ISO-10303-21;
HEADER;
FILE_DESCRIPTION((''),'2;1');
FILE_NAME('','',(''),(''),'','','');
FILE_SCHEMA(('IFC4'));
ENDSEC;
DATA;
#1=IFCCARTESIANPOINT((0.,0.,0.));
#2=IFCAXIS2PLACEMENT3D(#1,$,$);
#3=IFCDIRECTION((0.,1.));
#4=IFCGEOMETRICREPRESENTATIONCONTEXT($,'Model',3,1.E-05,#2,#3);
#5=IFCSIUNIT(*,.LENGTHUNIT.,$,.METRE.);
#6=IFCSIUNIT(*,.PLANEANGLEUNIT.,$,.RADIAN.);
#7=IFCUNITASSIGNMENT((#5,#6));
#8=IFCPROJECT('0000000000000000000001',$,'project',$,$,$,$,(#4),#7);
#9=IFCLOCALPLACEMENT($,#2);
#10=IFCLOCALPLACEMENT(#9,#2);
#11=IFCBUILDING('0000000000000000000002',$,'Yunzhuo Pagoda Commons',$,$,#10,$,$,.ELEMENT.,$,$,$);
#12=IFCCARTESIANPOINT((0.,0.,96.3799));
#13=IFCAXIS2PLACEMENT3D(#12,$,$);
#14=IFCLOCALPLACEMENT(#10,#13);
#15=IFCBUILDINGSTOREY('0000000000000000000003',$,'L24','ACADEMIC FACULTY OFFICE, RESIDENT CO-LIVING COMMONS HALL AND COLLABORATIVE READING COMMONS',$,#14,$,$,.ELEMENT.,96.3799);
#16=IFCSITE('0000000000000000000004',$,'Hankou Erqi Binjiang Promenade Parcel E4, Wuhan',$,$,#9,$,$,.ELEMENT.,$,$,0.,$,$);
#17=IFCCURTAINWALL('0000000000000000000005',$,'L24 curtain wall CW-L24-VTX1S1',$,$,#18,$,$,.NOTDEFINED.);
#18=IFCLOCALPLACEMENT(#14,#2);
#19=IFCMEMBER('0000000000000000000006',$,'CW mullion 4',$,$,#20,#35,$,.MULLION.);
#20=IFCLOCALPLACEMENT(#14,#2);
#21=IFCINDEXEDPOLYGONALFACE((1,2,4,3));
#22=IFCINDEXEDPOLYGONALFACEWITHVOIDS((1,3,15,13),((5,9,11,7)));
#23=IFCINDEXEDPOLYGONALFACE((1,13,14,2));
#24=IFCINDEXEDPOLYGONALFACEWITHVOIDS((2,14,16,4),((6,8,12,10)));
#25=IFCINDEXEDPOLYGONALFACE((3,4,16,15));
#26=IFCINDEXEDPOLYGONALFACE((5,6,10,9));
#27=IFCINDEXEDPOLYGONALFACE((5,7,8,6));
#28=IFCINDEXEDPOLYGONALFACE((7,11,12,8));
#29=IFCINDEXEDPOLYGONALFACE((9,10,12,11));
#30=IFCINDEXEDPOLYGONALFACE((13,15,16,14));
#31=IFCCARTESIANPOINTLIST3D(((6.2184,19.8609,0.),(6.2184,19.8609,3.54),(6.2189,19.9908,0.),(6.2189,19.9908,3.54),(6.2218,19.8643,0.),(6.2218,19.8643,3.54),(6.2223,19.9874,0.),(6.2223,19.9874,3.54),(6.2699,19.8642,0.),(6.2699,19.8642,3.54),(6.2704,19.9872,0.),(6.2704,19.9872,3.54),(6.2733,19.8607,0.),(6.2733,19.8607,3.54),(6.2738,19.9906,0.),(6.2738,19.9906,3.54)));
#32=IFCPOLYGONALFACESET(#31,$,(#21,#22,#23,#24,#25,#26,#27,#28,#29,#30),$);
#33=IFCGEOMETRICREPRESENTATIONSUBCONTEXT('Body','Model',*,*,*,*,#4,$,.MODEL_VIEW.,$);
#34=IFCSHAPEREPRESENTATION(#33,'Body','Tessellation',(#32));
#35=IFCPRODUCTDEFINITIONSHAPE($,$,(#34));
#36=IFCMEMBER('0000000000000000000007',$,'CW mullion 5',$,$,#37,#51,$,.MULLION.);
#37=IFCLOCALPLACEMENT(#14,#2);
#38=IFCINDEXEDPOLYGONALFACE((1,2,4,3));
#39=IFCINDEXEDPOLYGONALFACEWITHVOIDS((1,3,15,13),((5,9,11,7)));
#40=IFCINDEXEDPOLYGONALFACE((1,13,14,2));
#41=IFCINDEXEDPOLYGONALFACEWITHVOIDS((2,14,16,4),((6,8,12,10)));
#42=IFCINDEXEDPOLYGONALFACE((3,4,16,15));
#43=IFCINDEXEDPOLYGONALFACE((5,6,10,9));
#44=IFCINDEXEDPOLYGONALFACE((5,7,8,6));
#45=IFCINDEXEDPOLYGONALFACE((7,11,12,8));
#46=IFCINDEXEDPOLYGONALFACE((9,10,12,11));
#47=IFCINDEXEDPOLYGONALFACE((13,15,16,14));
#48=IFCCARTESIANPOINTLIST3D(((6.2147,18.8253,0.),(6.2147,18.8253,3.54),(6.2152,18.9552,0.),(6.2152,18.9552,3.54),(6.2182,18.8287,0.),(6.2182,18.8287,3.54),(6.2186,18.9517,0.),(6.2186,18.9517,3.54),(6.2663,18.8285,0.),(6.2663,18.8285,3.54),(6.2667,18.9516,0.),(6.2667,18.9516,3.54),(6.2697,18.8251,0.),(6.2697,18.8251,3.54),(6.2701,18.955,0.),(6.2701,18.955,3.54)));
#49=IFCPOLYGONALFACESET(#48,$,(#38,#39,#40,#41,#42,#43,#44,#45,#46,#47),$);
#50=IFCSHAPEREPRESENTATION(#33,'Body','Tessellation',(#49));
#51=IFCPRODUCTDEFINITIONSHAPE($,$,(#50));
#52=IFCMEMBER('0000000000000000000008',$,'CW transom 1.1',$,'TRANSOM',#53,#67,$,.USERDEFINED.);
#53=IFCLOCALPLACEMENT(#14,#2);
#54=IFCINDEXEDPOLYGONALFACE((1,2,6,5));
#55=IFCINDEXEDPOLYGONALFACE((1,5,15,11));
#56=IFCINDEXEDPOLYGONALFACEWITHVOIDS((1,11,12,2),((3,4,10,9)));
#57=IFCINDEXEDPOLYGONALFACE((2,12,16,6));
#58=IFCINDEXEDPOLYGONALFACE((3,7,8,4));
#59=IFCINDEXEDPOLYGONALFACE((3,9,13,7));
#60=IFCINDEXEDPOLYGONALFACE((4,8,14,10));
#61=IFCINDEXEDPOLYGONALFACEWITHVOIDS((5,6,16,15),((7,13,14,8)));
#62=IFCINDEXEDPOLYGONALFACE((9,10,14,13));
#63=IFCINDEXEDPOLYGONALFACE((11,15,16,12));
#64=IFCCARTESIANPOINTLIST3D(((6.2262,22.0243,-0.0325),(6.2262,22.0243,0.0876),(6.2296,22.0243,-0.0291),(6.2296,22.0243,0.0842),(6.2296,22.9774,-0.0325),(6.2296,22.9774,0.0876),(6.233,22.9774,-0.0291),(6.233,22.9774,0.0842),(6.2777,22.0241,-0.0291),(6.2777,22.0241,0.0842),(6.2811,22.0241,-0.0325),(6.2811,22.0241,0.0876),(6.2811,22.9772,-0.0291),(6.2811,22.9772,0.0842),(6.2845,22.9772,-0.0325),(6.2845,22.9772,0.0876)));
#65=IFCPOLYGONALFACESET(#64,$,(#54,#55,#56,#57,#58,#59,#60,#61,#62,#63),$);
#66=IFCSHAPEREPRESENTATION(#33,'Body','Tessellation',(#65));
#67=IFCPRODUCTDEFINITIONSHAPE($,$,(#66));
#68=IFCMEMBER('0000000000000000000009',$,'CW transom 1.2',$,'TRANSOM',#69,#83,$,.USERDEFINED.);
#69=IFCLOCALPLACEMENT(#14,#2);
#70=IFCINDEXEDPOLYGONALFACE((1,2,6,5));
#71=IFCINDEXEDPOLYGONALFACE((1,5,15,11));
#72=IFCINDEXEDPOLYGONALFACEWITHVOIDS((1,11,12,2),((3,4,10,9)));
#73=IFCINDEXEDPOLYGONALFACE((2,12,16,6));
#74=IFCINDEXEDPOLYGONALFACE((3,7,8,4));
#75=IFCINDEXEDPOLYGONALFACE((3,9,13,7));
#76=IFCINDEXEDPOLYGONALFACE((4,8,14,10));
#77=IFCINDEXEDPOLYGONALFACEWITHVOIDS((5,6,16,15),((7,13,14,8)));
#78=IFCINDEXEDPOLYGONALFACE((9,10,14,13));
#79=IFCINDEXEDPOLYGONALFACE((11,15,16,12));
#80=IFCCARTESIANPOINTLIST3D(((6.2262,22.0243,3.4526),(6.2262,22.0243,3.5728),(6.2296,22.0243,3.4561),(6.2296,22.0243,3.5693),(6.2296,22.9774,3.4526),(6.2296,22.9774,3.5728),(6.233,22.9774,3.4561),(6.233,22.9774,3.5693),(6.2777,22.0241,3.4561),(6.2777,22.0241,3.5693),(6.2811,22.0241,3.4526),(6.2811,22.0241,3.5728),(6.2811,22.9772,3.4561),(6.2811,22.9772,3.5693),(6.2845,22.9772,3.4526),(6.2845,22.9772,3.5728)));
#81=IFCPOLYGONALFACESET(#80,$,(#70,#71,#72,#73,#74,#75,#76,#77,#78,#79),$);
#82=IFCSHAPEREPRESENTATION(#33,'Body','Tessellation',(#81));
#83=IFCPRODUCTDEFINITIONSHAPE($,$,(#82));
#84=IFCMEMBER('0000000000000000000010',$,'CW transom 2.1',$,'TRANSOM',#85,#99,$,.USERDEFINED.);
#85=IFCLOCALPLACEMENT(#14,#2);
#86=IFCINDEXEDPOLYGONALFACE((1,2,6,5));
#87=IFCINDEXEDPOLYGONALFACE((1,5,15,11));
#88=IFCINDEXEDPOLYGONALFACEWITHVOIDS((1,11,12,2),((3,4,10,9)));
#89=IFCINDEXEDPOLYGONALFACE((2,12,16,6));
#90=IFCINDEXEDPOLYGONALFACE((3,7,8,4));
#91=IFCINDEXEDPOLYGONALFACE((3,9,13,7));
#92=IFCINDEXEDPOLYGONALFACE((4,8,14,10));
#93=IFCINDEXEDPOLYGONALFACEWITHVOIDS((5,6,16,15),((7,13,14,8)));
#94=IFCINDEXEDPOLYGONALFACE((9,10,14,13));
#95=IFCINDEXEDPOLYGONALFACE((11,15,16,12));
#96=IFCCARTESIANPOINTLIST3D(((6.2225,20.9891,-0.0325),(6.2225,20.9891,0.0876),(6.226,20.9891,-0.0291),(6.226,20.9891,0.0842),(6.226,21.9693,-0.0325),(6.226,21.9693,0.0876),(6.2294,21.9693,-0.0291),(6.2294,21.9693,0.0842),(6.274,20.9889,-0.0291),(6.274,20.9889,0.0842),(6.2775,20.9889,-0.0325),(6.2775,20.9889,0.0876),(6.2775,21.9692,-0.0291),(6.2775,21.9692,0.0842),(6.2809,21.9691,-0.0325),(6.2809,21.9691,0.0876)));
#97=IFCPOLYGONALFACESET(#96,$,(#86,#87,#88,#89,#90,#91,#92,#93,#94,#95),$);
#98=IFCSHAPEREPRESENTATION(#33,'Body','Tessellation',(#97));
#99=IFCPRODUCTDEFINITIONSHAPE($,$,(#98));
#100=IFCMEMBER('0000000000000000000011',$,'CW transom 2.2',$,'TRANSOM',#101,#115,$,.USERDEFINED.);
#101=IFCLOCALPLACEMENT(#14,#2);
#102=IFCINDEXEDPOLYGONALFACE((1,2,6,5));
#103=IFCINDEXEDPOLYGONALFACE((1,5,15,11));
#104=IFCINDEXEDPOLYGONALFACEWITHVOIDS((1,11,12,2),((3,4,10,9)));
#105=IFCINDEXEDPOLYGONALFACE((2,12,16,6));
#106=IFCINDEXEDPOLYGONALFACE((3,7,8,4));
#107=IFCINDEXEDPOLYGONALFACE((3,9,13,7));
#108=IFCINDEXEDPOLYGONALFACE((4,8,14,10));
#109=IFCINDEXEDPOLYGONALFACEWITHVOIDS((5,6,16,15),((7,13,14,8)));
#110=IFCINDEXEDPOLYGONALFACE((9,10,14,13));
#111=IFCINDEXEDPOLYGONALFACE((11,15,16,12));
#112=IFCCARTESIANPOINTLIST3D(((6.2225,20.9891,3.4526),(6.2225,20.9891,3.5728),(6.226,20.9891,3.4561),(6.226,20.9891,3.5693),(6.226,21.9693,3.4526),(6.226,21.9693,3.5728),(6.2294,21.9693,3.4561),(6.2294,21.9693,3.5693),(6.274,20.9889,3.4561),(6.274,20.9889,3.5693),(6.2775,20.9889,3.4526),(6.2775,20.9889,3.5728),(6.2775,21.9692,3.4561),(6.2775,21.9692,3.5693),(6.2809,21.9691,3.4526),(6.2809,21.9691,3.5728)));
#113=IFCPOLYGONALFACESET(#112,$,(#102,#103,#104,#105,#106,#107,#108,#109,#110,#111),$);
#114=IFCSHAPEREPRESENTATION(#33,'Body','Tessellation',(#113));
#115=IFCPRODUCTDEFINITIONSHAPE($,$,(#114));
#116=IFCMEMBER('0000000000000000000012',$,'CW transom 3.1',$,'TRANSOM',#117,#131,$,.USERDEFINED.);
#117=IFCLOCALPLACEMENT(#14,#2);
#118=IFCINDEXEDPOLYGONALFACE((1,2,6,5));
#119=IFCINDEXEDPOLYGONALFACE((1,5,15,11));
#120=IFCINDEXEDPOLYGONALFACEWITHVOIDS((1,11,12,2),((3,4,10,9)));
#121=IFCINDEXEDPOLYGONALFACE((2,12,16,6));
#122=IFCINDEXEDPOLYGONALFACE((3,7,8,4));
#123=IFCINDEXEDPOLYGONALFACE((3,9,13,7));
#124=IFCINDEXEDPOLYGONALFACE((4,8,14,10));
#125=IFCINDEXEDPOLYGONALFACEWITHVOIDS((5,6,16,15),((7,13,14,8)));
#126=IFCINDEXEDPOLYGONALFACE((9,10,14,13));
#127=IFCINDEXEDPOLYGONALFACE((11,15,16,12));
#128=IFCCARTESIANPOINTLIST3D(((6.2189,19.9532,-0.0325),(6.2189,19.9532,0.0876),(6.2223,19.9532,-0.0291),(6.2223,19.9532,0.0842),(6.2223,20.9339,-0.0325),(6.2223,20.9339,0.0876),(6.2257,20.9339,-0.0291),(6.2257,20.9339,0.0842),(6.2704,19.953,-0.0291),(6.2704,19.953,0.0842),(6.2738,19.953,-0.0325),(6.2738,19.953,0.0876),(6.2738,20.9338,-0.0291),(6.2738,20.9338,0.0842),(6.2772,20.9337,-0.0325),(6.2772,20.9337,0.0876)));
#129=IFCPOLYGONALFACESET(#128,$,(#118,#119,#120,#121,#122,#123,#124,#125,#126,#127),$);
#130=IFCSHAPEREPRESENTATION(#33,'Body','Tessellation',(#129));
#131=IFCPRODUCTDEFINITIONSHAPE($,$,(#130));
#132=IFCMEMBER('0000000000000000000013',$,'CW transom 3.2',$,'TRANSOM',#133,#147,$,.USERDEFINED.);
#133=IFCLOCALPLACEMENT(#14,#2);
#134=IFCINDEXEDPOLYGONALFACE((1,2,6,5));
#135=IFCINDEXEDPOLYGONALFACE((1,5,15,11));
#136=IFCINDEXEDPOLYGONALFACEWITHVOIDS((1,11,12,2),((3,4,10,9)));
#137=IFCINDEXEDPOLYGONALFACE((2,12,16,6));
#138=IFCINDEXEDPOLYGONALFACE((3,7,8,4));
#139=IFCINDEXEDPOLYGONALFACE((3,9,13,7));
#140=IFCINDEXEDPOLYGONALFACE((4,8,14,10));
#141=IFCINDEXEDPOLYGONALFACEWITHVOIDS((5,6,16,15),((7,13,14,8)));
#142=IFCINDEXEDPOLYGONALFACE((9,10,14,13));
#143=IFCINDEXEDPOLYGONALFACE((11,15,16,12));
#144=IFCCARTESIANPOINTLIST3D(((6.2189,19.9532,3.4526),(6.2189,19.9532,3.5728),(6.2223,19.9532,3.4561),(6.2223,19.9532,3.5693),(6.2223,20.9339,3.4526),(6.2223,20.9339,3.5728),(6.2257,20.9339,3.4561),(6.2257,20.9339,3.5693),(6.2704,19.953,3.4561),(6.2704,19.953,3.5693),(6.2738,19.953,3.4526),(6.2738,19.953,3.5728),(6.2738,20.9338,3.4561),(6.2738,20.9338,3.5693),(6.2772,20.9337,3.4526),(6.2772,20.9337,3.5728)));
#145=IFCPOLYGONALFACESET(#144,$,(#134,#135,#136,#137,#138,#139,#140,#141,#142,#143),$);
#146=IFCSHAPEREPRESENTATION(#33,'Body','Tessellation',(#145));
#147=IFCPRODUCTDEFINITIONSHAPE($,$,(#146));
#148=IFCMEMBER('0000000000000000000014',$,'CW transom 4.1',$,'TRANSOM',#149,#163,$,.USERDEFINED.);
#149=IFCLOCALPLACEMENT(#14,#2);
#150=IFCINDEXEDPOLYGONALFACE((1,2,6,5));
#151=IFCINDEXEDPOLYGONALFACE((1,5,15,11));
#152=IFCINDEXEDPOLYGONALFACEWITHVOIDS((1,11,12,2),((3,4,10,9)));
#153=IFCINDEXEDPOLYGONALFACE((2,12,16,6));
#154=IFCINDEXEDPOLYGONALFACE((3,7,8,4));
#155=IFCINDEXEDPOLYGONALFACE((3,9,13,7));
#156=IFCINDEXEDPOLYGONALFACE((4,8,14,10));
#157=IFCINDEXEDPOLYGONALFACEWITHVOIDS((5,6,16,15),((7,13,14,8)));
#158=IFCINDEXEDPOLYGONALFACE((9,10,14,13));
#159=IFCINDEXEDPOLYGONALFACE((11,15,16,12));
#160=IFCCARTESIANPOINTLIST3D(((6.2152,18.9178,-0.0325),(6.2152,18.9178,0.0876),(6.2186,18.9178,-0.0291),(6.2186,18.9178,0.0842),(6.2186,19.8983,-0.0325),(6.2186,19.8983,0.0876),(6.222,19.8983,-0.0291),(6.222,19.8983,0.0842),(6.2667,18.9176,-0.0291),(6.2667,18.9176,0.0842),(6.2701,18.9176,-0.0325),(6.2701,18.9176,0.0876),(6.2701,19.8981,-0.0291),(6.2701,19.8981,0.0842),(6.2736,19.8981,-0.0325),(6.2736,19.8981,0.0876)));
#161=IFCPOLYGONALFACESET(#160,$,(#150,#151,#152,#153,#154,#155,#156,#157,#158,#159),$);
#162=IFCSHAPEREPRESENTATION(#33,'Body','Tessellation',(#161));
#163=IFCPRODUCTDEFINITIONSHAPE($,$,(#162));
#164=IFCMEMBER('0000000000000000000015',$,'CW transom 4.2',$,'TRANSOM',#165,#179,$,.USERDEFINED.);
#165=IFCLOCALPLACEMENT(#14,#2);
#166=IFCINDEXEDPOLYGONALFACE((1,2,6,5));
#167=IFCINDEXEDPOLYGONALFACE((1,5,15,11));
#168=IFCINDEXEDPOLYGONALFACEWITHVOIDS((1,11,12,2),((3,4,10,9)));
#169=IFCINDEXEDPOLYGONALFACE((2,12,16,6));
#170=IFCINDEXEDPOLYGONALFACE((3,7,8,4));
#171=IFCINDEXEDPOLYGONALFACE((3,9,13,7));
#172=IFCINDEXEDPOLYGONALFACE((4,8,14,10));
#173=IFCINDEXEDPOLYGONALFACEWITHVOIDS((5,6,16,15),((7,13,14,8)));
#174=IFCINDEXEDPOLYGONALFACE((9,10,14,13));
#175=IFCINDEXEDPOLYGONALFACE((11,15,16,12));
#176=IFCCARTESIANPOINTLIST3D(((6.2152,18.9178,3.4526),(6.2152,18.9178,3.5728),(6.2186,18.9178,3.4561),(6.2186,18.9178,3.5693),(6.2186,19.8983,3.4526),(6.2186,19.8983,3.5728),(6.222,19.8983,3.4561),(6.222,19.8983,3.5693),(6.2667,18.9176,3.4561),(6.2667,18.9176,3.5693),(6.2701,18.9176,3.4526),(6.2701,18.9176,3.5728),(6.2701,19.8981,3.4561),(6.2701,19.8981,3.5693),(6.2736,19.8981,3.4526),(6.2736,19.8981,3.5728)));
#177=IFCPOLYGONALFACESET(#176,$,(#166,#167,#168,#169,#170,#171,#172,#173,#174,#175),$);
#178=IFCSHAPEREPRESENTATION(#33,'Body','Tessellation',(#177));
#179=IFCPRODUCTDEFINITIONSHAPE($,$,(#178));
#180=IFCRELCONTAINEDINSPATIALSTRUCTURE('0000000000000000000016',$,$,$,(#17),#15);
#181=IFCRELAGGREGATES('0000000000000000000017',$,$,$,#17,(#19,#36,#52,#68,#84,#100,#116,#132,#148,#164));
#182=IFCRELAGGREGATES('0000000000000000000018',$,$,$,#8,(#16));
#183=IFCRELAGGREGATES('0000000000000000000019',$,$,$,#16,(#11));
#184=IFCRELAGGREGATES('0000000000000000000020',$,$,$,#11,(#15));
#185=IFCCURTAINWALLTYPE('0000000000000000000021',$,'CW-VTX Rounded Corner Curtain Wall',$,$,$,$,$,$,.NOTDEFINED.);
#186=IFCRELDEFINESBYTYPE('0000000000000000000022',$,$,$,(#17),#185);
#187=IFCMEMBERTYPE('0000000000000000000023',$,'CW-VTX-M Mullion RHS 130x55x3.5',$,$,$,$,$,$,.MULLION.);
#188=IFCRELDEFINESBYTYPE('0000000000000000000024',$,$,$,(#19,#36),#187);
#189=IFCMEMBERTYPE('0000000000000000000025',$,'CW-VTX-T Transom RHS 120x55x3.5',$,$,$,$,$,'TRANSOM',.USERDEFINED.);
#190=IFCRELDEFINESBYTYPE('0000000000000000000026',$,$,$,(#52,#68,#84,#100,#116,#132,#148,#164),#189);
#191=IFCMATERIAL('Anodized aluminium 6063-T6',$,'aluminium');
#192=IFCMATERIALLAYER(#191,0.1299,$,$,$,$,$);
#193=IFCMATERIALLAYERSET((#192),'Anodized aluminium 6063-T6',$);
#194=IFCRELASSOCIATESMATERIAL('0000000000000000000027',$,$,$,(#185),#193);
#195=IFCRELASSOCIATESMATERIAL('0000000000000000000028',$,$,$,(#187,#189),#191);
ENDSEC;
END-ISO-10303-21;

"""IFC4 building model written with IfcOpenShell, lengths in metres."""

from ifc_helpers import new_model, si_unit, direction, frame, origin, origin_2d, place, context, subcontext, project, spatial, hollow_rectangle, extrude, source, transform, mapped, material, layer, layer_set, material_profile, profile_set, type_object, element, aggregate, save


model = new_model("IFC4")

# Units and contexts
model_context = context("Model", 3, precision=1e-05, world=origin(), true_north=direction((0.0, 1.0)))
body_context = subcontext(model_context, "Body", "Model", "MODEL_VIEW")
ifc_project = project(units=[si_unit("LENGTHUNIT", "METRE"), si_unit("PLANEANGLEUNIT", "RADIAN")], contexts=[model_context])

# Site, building, storey
site_placement = place(None, origin())
site = spatial("IfcSite", under=ifc_project, at=site_placement, Name="Hankou Erqi Binjiang Promenade Parcel E4, Wuhan", CompositionType="ELEMENT", RefElevation=0.0)
building_placement = place(site_placement, origin())
building = spatial("IfcBuilding", under=site, at=building_placement, Name="Yunzhuo Pagoda Commons", CompositionType="ELEMENT")
storey_placement = place(building_placement, frame((0.0, 0.0, 96.3799)))
storey = spatial("IfcBuildingStorey", under=building, at=storey_placement, Name="L24", Description="ACADEMIC FACULTY OFFICE, RESIDENT CO-LIVING COMMONS HALL AND COLLABORATIVE READING COMMONS", CompositionType="ELEMENT", Elevation=96.3799)

# Shared definitions
ifc_material_1 = material(Name="Anodized aluminium 6063-T6", Category="aluminium")

# Curtain wall, members
ifc_layer_1 = layer(ifc_material_1, 0.1299)
ifc_layer_set_1 = layer_set([ifc_layer_1], Name="Anodized aluminium 6063-T6")
curtain_wall_type_1 = type_object("IfcCurtainWallType", Name="CW-VTX Rounded Corner Curtain Wall", PredefinedType="NOTDEFINED", material=ifc_layer_set_1)
curtain_wall_1_placement = place(storey_placement, origin())
curtain_wall_1 = element("IfcCurtainWall", 1, at=curtain_wall_1_placement, inside=storey, type_object=curtain_wall_type_1, Name="L24 curtain wall CW-L24-VTX1S1", PredefinedType="NOTDEFINED")
ifc_material_profile_1 = material_profile(ifc_material_1, hollow_rectangle(XDim=0.0549, YDim=0.1299, WallThickness=0.0034, at=origin_2d()), Name="Anodized aluminium 6063-T6")
ifc_profile_set_1 = profile_set([ifc_material_profile_1], Name="Anodized aluminium 6063-T6")
member_type_1 = type_object("IfcMemberType", Name="CW-VTX-M Mullion RHS 130x55x3.5", PredefinedType="MULLION", material=ifc_profile_set_1)
shared_shape_1 = source(origin(), body_context, "Body", "SweptSolid", [
    extrude(hollow_rectangle(XDim=0.0549, YDim=0.1299, WallThickness=0.0034, at=origin_2d()), origin(), (0.0, 0.0, 1.0), 3.54),
])
member_1_placement = place(storey_placement, frame((6.2461, 19.9258, 0.0), z_axis=(0.0, 0.0, 1.0), x_axis=(0.999994, -0.003573, 0.0)))
member_1 = element("IfcMember", 2, at=member_1_placement, type_object=member_type_1, Name="CW mullion 4", PredefinedType="MULLION", context=body_context, shape_type="MappedRepresentation", body=[
    mapped(shared_shape_1, transform((0.0, 0.0, 0.0), scale=1.0)),
])
member_2_placement = place(storey_placement, frame((6.2424, 18.8901, 0.0), z_axis=(0.0, 0.0, 1.0), x_axis=(0.999994, -0.003573, 0.0)))
member_2 = element("IfcMember", 3, at=member_2_placement, type_object=member_type_1, Name="CW mullion 5", PredefinedType="MULLION", context=body_context, shape_type="MappedRepresentation", body=[
    mapped(shared_shape_1, transform((0.0, 0.0, 0.0), scale=1.0)),
])
ifc_material_profile_2 = material_profile(ifc_material_1, hollow_rectangle(XDim=0.0549, YDim=0.1201, WallThickness=0.0034, at=origin_2d()), Name="Anodized aluminium 6063-T6")
ifc_profile_set_2 = profile_set([ifc_material_profile_2], Name="Anodized aluminium 6063-T6")
member_type_2 = type_object("IfcMemberType", Name="CW-VTX-T Transom RHS 120x55x3.5", ElementType="TRANSOM", PredefinedType="USERDEFINED", material=ifc_profile_set_2)
shared_shape_2 = source(origin(), body_context, "Body", "SweptSolid", [
    extrude(hollow_rectangle(XDim=0.0549, YDim=0.1201, WallThickness=0.0034, at=origin_2d()), origin(), (0.0, 0.0, 1.0), 0.9531),
])
member_3_placement = place(storey_placement, frame((6.2571, 22.9773, 0.0276), z_axis=(-0.003586, -0.999994, 0.0), x_axis=(0.999994, -0.003586, 0.0)))
member_3 = element("IfcMember", 4, at=member_3_placement, type_object=member_type_2, Name="CW transom 1.1", ObjectType="TRANSOM", PredefinedType="USERDEFINED", context=body_context, shape_type="MappedRepresentation", body=[
    mapped(shared_shape_2, transform((0.0, 0.0, 0.0), scale=1.0)),
])
member_4_placement = place(storey_placement, frame((6.2571, 22.9773, 3.5127), z_axis=(-0.003586, -0.999994, 0.0), x_axis=(0.999994, -0.003586, 0.0)))
member_4 = element("IfcMember", 5, at=member_4_placement, type_object=member_type_2, Name="CW transom 1.2", ObjectType="TRANSOM", PredefinedType="USERDEFINED", context=body_context, shape_type="MappedRepresentation", body=[
    mapped(shared_shape_2, transform((0.0, 0.0, 0.0), scale=1.0)),
])
shared_shape_3 = source(origin(), body_context, "Body", "SweptSolid", [
    extrude(hollow_rectangle(XDim=0.0549, YDim=0.1201, WallThickness=0.0034, at=origin_2d()), origin(), (0.0, 0.0, 1.0), 0.9802),
])
member_5_placement = place(storey_placement, frame((6.2534, 21.9692, 0.0276), z_axis=(-0.003487, -0.999994, 0.0), x_axis=(0.999994, -0.003487, 0.0)))
member_5 = element("IfcMember", 6, at=member_5_placement, type_object=member_type_2, Name="CW transom 2.1", ObjectType="TRANSOM", PredefinedType="USERDEFINED", context=body_context, shape_type="MappedRepresentation", body=[
    mapped(shared_shape_3, transform((0.0, 0.0, 0.0), scale=1.0)),
])
member_6_placement = place(storey_placement, frame((6.2534, 21.9692, 3.5127), z_axis=(-0.003487, -0.999994, 0.0), x_axis=(0.999994, -0.003487, 0.0)))
member_6 = element("IfcMember", 7, at=member_6_placement, type_object=member_type_2, Name="CW transom 2.2", ObjectType="TRANSOM", PredefinedType="USERDEFINED", context=body_context, shape_type="MappedRepresentation", body=[
    mapped(shared_shape_3, transform((0.0, 0.0, 0.0), scale=1.0)),
])
shared_shape_4 = source(origin(), body_context, "Body", "SweptSolid", [
    extrude(hollow_rectangle(XDim=0.0549, YDim=0.1201, WallThickness=0.0034, at=origin_2d()), origin(), (0.0, 0.0, 1.0), 0.9807),
])
member_7_placement = place(storey_placement, frame((6.2498, 20.9338, 0.0276), z_axis=(-0.003485, -0.999994, 0.0), x_axis=(0.999994, -0.003485, 0.0)))
member_7 = element("IfcMember", 8, at=member_7_placement, type_object=member_type_2, Name="CW transom 3.1", ObjectType="TRANSOM", PredefinedType="USERDEFINED", context=body_context, shape_type="MappedRepresentation", body=[
    mapped(shared_shape_4, transform((0.0, 0.0, 0.0), scale=1.0)),
])
member_8_placement = place(storey_placement, frame((6.2498, 20.9338, 3.5127), z_axis=(-0.003485, -0.999994, 0.0), x_axis=(0.999994, -0.003485, 0.0)))
member_8 = element("IfcMember", 9, at=member_8_placement, type_object=member_type_2, Name="CW transom 3.2", ObjectType="TRANSOM", PredefinedType="USERDEFINED", context=body_context, shape_type="MappedRepresentation", body=[
    mapped(shared_shape_4, transform((0.0, 0.0, 0.0), scale=1.0)),
])
shared_shape_5 = source(origin(), body_context, "Body", "SweptSolid", [
    extrude(hollow_rectangle(XDim=0.0549, YDim=0.1201, WallThickness=0.0034, at=origin_2d()), origin(), (0.0, 0.0, 1.0), 0.9805),
])
member_9_placement = place(storey_placement, frame((6.2461, 19.8982, 0.0276), z_axis=(-0.003486, -0.999994, 0.0), x_axis=(0.999994, -0.003486, 0.0)))
member_9 = element("IfcMember", 10, at=member_9_placement, type_object=member_type_2, Name="CW transom 4.1", ObjectType="TRANSOM", PredefinedType="USERDEFINED", context=body_context, shape_type="MappedRepresentation", body=[
    mapped(shared_shape_5, transform((0.0, 0.0, 0.0), scale=1.0)),
])
member_10_placement = place(storey_placement, frame((6.2461, 19.8982, 3.5127), z_axis=(-0.003486, -0.999994, 0.0), x_axis=(0.999994, -0.003486, 0.0)))
member_10 = element("IfcMember", 11, at=member_10_placement, type_object=member_type_2, Name="CW transom 4.2", ObjectType="TRANSOM", PredefinedType="USERDEFINED", context=body_context, shape_type="MappedRepresentation", body=[
    mapped(shared_shape_5, transform((0.0, 0.0, 0.0), scale=1.0)),
])

aggregate(curtain_wall_1, [member_1, member_2, member_3, member_4, member_5, member_6, member_7, member_8, member_9, member_10])

save(model, "model.ifc")
